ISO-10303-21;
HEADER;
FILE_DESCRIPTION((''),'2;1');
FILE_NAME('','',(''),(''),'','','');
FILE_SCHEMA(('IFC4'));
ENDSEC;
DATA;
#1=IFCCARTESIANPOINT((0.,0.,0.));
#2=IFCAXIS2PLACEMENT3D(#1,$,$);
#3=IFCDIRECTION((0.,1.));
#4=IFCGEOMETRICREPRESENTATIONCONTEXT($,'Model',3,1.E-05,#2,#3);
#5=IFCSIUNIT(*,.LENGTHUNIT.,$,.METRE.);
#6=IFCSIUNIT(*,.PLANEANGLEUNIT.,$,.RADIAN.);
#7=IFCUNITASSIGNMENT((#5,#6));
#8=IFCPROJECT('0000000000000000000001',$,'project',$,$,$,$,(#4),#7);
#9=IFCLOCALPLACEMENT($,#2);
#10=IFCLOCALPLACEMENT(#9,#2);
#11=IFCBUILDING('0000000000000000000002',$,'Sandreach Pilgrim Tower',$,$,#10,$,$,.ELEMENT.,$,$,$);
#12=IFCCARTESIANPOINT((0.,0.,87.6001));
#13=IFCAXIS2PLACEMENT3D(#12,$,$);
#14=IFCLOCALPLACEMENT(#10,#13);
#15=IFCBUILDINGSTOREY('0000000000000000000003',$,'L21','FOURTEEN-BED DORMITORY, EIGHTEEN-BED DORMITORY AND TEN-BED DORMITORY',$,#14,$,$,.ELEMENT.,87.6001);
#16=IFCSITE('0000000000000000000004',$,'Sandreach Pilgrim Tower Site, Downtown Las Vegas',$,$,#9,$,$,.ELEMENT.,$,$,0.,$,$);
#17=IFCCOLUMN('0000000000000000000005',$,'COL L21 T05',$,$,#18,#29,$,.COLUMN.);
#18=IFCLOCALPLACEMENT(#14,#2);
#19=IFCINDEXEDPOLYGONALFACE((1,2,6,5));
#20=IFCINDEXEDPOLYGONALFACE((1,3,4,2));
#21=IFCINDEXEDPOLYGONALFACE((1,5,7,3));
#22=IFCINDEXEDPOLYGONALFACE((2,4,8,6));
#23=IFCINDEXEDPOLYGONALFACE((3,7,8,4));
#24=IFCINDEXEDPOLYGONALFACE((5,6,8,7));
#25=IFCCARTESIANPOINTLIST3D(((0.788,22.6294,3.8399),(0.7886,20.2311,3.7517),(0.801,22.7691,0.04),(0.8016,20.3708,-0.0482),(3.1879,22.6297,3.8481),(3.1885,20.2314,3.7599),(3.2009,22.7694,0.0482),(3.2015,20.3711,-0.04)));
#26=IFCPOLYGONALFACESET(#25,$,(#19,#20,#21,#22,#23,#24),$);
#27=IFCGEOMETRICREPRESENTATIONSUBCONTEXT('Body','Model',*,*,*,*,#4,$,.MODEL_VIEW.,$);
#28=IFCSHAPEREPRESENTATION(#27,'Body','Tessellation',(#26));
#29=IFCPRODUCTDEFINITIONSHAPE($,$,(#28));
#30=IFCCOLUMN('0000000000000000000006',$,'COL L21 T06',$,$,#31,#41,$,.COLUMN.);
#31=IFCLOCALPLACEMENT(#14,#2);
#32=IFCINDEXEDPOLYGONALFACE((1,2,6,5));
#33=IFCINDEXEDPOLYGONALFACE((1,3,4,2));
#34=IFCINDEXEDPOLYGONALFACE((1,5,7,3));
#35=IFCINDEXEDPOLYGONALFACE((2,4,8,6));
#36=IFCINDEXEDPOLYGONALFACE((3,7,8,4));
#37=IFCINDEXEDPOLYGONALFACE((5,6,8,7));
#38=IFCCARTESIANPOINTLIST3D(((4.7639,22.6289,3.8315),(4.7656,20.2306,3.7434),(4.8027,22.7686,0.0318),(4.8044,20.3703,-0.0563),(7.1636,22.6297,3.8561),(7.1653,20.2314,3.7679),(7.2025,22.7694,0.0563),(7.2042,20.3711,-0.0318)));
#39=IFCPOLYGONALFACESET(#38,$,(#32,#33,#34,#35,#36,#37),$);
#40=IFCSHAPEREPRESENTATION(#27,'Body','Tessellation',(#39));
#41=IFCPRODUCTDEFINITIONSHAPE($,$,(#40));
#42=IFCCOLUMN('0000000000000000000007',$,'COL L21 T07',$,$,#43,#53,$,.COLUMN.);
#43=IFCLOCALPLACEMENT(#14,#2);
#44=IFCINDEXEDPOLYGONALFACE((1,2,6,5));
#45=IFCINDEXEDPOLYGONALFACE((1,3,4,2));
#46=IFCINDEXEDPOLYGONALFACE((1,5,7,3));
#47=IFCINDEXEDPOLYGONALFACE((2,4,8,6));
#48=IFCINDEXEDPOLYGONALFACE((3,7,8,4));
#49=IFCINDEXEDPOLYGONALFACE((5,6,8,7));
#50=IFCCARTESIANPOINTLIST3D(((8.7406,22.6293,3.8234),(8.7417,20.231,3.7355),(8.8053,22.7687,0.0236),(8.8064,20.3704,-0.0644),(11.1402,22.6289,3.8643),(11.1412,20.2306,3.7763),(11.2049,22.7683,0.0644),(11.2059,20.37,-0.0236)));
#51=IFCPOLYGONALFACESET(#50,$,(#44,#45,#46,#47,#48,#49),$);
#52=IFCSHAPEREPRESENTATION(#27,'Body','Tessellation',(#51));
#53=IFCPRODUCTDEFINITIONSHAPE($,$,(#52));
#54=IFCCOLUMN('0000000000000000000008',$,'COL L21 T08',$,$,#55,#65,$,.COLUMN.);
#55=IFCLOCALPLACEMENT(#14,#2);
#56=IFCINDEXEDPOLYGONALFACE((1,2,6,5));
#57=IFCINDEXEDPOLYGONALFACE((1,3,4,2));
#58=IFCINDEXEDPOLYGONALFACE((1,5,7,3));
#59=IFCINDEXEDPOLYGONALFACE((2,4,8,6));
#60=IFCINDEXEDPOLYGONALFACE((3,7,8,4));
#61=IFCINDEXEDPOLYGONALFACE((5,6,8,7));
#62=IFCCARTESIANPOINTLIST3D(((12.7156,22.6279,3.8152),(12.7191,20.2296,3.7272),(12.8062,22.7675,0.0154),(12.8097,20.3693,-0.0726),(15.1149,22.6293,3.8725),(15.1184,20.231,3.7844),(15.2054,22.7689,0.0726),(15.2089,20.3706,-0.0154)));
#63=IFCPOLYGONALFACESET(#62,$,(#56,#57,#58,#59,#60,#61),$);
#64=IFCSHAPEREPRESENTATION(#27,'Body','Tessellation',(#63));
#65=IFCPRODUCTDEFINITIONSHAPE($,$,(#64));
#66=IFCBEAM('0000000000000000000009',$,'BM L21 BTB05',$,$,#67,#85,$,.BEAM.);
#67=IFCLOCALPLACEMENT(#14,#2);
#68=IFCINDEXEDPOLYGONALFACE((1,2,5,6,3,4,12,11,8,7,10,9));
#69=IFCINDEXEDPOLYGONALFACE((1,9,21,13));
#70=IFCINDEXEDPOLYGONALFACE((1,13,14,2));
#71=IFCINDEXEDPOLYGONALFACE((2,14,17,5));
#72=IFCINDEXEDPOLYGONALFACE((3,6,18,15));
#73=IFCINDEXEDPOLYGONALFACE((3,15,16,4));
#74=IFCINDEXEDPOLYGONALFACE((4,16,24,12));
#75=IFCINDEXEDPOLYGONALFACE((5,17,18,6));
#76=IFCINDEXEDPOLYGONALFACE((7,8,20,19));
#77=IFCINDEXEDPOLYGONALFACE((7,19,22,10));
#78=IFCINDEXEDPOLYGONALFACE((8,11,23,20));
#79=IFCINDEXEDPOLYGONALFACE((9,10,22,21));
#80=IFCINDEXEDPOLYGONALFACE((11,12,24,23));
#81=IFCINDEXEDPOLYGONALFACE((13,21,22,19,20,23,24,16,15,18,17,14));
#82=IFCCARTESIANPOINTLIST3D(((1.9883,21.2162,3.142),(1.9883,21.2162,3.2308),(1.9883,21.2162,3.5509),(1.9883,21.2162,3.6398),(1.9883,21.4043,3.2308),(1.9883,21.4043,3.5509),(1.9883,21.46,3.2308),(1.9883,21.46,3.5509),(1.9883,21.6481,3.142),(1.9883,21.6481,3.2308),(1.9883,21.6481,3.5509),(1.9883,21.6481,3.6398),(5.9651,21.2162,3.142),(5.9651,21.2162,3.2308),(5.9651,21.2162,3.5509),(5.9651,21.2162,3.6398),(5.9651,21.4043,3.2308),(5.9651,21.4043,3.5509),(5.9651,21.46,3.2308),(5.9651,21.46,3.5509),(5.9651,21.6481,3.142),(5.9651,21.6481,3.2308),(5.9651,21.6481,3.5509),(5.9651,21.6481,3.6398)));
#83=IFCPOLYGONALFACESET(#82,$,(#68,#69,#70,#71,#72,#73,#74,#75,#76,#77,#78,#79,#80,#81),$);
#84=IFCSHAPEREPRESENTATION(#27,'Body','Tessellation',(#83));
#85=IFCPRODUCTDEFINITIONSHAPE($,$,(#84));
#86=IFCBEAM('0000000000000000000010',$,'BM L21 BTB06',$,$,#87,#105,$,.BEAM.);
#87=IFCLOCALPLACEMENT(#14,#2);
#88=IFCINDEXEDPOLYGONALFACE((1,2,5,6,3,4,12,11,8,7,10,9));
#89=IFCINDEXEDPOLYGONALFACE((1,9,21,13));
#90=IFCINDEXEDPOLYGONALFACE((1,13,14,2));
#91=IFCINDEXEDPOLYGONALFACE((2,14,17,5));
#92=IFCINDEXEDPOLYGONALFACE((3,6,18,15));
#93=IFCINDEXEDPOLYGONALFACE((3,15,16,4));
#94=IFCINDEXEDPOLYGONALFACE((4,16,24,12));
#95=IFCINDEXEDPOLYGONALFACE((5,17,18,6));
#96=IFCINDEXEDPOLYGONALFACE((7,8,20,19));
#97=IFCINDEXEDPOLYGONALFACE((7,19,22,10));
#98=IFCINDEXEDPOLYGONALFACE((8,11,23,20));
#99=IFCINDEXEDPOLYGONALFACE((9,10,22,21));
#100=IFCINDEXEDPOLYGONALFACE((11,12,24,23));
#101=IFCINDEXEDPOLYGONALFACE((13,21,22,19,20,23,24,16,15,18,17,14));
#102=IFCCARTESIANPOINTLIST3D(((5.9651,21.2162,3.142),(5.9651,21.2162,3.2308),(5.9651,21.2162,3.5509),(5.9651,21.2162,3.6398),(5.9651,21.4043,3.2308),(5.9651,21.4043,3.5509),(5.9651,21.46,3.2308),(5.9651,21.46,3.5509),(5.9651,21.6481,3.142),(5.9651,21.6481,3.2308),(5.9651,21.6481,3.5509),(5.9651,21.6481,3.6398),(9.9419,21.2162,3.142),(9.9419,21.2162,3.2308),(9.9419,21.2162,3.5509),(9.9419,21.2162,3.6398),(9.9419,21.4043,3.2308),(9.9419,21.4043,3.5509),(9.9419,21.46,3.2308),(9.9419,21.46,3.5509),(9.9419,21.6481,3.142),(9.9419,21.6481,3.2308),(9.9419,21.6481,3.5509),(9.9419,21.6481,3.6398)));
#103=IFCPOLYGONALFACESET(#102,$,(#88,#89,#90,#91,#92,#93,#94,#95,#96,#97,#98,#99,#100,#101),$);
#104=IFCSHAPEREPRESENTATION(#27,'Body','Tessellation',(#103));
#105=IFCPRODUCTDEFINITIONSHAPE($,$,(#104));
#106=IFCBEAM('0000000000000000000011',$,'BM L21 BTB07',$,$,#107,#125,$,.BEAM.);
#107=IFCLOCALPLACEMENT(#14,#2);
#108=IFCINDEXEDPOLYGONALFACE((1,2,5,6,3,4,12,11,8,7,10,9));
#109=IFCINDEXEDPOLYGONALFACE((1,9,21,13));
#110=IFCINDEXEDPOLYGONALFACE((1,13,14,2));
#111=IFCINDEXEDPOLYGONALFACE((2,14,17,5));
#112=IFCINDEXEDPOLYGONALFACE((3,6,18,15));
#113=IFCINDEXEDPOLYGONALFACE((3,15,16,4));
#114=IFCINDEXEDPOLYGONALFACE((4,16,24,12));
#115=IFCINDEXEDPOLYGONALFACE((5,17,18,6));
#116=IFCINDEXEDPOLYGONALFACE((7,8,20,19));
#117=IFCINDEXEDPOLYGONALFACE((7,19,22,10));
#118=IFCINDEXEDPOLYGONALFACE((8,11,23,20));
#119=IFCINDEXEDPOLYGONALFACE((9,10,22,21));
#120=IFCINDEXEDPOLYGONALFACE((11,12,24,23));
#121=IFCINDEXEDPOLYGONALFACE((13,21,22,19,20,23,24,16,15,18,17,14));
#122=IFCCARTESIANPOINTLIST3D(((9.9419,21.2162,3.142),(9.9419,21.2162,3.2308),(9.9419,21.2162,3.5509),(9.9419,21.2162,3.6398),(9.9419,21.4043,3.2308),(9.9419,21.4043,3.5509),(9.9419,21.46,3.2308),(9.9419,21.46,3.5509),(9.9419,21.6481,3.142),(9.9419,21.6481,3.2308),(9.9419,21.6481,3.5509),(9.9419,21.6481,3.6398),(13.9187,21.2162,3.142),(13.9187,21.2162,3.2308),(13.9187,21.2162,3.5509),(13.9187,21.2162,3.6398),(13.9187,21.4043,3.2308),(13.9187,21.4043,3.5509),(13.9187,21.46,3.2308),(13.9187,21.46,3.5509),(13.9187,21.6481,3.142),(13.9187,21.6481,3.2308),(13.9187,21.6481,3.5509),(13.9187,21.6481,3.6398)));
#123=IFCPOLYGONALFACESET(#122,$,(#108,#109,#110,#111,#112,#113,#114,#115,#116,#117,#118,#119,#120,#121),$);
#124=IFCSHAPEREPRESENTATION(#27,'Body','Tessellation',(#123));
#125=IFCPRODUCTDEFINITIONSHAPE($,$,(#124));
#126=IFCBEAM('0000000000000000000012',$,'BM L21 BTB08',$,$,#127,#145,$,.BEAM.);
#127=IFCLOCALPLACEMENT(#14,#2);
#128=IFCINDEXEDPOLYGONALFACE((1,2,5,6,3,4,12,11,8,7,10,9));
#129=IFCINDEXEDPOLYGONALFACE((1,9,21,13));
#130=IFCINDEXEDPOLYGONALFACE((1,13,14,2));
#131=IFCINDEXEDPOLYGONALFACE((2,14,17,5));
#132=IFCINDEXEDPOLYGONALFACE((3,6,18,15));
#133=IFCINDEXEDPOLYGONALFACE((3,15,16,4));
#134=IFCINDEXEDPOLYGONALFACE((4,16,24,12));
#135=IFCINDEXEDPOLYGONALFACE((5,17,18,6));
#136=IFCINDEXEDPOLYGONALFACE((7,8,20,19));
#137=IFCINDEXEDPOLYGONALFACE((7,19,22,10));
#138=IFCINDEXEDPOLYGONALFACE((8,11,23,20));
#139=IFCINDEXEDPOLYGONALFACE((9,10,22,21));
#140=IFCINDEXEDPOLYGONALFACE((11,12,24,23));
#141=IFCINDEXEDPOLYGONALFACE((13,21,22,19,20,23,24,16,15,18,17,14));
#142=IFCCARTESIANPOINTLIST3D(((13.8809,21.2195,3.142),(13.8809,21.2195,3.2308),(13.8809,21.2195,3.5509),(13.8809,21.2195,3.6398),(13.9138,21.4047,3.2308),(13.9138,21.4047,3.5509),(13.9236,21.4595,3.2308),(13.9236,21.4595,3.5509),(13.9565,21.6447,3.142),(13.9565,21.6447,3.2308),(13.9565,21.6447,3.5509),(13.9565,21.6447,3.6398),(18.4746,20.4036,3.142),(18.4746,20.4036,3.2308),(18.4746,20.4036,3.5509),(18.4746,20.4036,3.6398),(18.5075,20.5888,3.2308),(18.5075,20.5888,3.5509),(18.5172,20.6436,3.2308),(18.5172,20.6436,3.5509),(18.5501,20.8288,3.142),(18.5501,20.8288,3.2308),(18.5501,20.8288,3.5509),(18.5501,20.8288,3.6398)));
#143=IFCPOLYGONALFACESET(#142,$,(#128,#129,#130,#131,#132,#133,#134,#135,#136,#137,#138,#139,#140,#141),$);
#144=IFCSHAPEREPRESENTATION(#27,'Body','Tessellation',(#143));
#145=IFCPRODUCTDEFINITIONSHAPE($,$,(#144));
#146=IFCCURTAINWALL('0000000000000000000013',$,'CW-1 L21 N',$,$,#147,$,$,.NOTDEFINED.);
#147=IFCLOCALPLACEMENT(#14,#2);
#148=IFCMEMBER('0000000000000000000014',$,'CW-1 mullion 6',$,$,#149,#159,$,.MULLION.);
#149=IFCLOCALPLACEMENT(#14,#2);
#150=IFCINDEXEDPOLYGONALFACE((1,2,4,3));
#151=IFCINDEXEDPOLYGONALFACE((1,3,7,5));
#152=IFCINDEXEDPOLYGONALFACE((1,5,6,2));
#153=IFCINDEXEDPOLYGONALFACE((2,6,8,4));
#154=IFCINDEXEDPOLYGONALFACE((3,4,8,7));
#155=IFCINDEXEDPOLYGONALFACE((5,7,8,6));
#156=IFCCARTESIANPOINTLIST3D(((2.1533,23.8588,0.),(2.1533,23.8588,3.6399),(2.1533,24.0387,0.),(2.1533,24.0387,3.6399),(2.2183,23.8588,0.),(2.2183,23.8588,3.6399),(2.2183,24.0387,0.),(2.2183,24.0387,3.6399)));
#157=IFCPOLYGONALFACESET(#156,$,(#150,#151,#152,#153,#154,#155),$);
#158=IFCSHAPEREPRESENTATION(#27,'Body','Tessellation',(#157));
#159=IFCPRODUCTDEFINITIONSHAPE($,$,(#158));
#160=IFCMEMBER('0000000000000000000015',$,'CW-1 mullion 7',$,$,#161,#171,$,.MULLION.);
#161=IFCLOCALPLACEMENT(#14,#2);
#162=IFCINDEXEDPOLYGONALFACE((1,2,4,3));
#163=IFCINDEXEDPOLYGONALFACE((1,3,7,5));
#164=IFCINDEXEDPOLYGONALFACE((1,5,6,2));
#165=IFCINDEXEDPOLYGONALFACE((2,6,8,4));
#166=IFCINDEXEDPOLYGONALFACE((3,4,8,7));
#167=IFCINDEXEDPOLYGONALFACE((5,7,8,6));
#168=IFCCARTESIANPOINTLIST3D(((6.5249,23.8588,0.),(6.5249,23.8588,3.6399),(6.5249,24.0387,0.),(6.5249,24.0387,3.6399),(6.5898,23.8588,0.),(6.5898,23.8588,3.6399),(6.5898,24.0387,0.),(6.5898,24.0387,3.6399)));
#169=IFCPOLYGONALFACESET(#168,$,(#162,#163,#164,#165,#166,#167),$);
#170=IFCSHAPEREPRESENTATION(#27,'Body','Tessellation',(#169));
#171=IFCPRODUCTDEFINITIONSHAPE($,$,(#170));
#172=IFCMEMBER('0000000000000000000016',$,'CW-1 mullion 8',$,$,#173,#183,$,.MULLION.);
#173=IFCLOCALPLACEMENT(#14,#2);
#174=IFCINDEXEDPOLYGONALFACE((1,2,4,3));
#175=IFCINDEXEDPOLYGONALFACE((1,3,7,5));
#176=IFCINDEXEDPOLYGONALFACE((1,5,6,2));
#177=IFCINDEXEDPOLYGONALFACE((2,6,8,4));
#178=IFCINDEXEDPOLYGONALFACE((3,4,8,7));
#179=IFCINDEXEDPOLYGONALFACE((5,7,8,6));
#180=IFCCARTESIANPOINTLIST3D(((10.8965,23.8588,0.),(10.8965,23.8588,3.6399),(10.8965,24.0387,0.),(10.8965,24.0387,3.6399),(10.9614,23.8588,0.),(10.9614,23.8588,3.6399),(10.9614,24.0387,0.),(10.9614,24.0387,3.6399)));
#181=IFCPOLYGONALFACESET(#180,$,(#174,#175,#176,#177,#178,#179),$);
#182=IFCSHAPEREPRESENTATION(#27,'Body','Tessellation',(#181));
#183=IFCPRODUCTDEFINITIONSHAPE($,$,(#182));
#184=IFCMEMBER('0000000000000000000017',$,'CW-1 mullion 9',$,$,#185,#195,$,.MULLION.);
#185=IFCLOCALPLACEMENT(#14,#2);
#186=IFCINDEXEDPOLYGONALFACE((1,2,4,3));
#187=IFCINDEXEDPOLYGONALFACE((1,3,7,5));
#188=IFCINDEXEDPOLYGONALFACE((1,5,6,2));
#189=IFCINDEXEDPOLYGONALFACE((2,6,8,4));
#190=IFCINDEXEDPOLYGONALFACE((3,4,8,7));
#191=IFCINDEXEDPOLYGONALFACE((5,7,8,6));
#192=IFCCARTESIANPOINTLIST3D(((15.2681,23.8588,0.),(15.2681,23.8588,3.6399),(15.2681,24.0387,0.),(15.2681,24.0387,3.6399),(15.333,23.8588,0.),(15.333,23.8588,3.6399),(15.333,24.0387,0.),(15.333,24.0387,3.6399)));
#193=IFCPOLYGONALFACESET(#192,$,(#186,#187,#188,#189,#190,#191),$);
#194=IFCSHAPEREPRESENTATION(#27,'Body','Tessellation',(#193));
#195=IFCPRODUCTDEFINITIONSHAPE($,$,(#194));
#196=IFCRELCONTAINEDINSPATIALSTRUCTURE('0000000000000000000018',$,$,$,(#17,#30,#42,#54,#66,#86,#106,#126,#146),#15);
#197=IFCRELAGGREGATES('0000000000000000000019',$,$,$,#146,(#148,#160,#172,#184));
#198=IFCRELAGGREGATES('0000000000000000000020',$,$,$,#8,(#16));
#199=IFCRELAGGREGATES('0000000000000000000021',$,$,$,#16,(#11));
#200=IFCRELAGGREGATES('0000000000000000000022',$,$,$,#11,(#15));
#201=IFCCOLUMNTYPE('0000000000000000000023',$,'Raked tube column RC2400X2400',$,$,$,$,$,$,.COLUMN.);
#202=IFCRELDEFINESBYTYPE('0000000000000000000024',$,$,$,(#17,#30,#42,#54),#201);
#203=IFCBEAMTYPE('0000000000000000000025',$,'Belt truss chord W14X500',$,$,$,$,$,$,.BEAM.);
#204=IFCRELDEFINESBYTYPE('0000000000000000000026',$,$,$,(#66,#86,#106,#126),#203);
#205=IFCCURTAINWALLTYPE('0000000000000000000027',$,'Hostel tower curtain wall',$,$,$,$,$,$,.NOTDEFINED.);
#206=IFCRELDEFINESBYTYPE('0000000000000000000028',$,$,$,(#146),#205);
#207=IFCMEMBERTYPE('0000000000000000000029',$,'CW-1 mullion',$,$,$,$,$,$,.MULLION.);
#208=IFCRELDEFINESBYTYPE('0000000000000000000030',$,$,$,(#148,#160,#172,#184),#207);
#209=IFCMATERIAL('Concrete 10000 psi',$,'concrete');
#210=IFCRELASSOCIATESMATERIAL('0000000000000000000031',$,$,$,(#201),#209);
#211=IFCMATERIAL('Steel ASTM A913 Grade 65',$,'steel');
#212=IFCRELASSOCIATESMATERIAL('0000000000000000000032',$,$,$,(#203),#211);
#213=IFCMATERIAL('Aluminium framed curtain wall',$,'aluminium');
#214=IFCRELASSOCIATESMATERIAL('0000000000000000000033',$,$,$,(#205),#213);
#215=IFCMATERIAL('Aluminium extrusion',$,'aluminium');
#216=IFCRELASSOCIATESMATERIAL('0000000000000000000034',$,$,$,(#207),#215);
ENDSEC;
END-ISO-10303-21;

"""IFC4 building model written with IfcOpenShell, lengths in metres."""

from ifc_helpers import new_model, si_unit, direction, frame, origin, origin_2d, place, context, subcontext, project, spatial, rectangle, i_section, extrude, material, material_profile, profile_set, type_object, element, aggregate, save


model = new_model("IFC4")

# Units and contexts
model_context = context("Model", 3, precision=1e-05, world=origin(), true_north=direction((0.0, 1.0)))
body_context = subcontext(model_context, "Body", "Model", "MODEL_VIEW")
ifc_project = project(units=[si_unit("LENGTHUNIT", "METRE"), si_unit("PLANEANGLEUNIT", "RADIAN")], contexts=[model_context])

# Site, building, storey
site_placement = place(None, origin())
site = spatial("IfcSite", under=ifc_project, at=site_placement, Name="Sandreach Pilgrim Tower Site, Downtown Las Vegas", CompositionType="ELEMENT", RefElevation=0.0)
building_placement = place(site_placement, origin())
building = spatial("IfcBuilding", under=site, at=building_placement, Name="Sandreach Pilgrim Tower", CompositionType="ELEMENT")
storey_placement = place(building_placement, frame((0.0, 0.0, 87.6001)))
storey = spatial("IfcBuildingStorey", under=building, at=storey_placement, Name="L21", Description="FOURTEEN-BED DORMITORY, EIGHTEEN-BED DORMITORY AND TEN-BED DORMITORY", CompositionType="ELEMENT", Elevation=87.6001)

# Columns
ifc_material_1 = material(Name="Concrete 10000 psi", Category="concrete")
ifc_material_profile_1 = material_profile(ifc_material_1, rectangle(XDim=2.3999, YDim=2.3999, at=origin_2d()), Name="RC2400X2400")
ifc_profile_set_1 = profile_set([ifc_material_profile_1], Name="Concrete 10000 psi")
column_type = type_object("IfcColumnType", Name="Raked tube column RC2400X2400", PredefinedType="COLUMN", material=ifc_profile_set_1)
for number, where, z_axis, x_axis, name in (
    (1, (2.0012, 21.5701, 0.0), (-0.003403, -0.036726, 0.99932), (-0.000242, 0.999325, 0.036726), "COL L21 T05"),
    (2, (6.0034, 21.5698, 0.0), (-0.010208, -0.036725, 0.999273), (-0.000705, 0.999325, 0.036719), "COL L21 T06"),
):
    element("IfcColumn", number, at=place(storey_placement, frame(where, z_axis=z_axis, x_axis=x_axis)), inside=storey, type_object=column_type, Name=name, PredefinedType="COLUMN", context=body_context, shape_type="SweptSolid", body=[
        extrude(rectangle(XDim=2.3999, YDim=2.3999, at=origin_2d()), origin(), (0.0, 0.0, 1.0), 3.8025),
    ])
column_1_placement = place(storey_placement, frame((10.0056, 21.5693, 0.0), z_axis=(-0.017013, -0.036657, 0.999183), x_axis=(-0.000444, 0.999328, 0.036655)))
element("IfcColumn", 3, at=column_1_placement, inside=storey, type_object=column_type, Name="COL L21 T07", PredefinedType="COLUMN", context=body_context, shape_type="SweptSolid", body=[
    extrude(rectangle(XDim=2.3999, YDim=2.3999, at=origin_2d()), origin(), (0.0, 0.0, 1.0), 3.803),
])
column_2_placement = place(storey_placement, frame((14.0076, 21.5691, 0.0), z_axis=(-0.023814, -0.036716, 0.999042), x_axis=(-0.001458, 0.999326, 0.036692)))
element("IfcColumn", 4, at=column_2_placement, inside=storey, type_object=column_type, Name="COL L21 T08", PredefinedType="COLUMN", context=body_context, shape_type="SweptSolid", body=[
    extrude(rectangle(XDim=2.3999, YDim=2.3999, at=origin_2d()), origin(), (0.0, 0.0, 1.0), 3.8035),
])

# Beams
ifc_material_2 = material(Name="Steel ASTM A913 Grade 65", Category="steel")
ifc_material_profile_2 = material_profile(ifc_material_2, i_section(OverallWidth=0.4319, OverallDepth=0.4978, WebThickness=0.0557, FlangeThickness=0.0889, at=origin_2d()), Name="W14X500")
ifc_profile_set_2 = profile_set([ifc_material_profile_2], Name="Steel ASTM A913 Grade 65")
beam_type_1 = type_object("IfcBeamType", Name="Belt truss chord W14X500", PredefinedType="BEAM", material=ifc_profile_set_2)
for number, where, z_axis, x_axis, name in (
    (5, (1.9883, 21.4321, 3.3909), (1.0, 0.0, 0.0), (0.0, 1.0, 0.0), "BM L21 BTB05"),
    (6, (5.9651, 21.4321, 3.3909), (1.0, 0.0, 0.0), (0.0, 1.0, 0.0), "BM L21 BTB06"),
    (7, (9.9419, 21.4321, 3.3909), (1.0, 0.0, 0.0), (0.0, 1.0, 0.0), "BM L21 BTB07"),
):
    element("IfcBeam", number, at=place(storey_placement, frame(where, z_axis=z_axis, x_axis=x_axis)), inside=storey, type_object=beam_type_1, Name=name, PredefinedType="BEAM", context=body_context, shape_type="SweptSolid", body=[
        extrude(i_section(OverallWidth=0.4319, OverallDepth=0.4978, WebThickness=0.0557, FlangeThickness=0.0889, at=origin_2d()), origin(), (0.0, 0.0, 1.0), 3.9768),
    ])
beam_1_placement = place(storey_placement, frame((13.9187, 21.4321, 3.3909), z_axis=(0.984589, -0.174887, 0.0), x_axis=(0.174887, 0.984589, 0.0)))
element("IfcBeam", 8, at=beam_1_placement, inside=storey, type_object=beam_type_1, Name="BM L21 BTB08", PredefinedType="BEAM", context=body_context, shape_type="SweptSolid", body=[
    extrude(i_section(OverallWidth=0.4319, OverallDepth=0.4978, WebThickness=0.0557, FlangeThickness=0.0889, at=origin_2d()), origin(), (0.0, 0.0, 1.0), 4.6655),
])

# Curtain wall, members
ifc_material_3 = material(Name="Aluminium framed curtain wall", Category="aluminium")
curtain_wall_type = type_object("IfcCurtainWallType", Name="Hostel tower curtain wall", PredefinedType="NOTDEFINED", material=ifc_material_3)
curtain_wall_placement = place(storey_placement, origin())
curtain_wall = element("IfcCurtainWall", 9, at=curtain_wall_placement, inside=storey, type_object=curtain_wall_type, Name="CW-1 L21 N", PredefinedType="NOTDEFINED")
ifc_material_4 = material(Name="Aluminium extrusion", Category="aluminium")
ifc_material_profile_3 = material_profile(ifc_material_4, rectangle(XDim=0.0649, YDim=0.1799, at=origin_2d()), Name="CW-1M 65X180")
ifc_profile_set_3 = profile_set([ifc_material_profile_3], Name="Aluminium extrusion")
member_type_1 = type_object("IfcMemberType", Name="CW-1 mullion", PredefinedType="MULLION", material=ifc_profile_set_3)
member_1_placement = place(storey_placement, frame((2.1858, 23.9487, 0.0), z_axis=(0.0, 0.0, 1.0), x_axis=(1.0, 0.0, 0.0)))
member_1 = element("IfcMember", 10, at=member_1_placement, type_object=member_type_1, Name="CW-1 mullion 6", PredefinedType="MULLION", context=body_context, shape_type="SweptSolid", body=[
    extrude(rectangle(XDim=0.0649, YDim=0.1799, at=origin_2d()), origin(), (0.0, 0.0, 1.0), 3.6399),
])
member_2_placement = place(storey_placement, frame((6.5574, 23.9487, 0.0), z_axis=(0.0, 0.0, 1.0), x_axis=(1.0, 0.0, 0.0)))
member_2 = element("IfcMember", 11, at=member_2_placement, type_object=member_type_1, Name="CW-1 mullion 7", PredefinedType="MULLION", context=body_context, shape_type="SweptSolid", body=[
    extrude(rectangle(XDim=0.0649, YDim=0.1799, at=origin_2d()), origin(), (0.0, 0.0, 1.0), 3.6399),
])
member_3_placement = place(storey_placement, frame((10.929, 23.9487, 0.0), z_axis=(0.0, 0.0, 1.0), x_axis=(1.0, 0.0, 0.0)))
member_3 = element("IfcMember", 12, at=member_3_placement, type_object=member_type_1, Name="CW-1 mullion 8", PredefinedType="MULLION", context=body_context, shape_type="SweptSolid", body=[
    extrude(rectangle(XDim=0.0649, YDim=0.1799, at=origin_2d()), origin(), (0.0, 0.0, 1.0), 3.6399),
])
member_4_placement = place(storey_placement, frame((15.3005, 23.9487, 0.0), z_axis=(0.0, 0.0, 1.0), x_axis=(1.0, 0.0, 0.0)))
member_4 = element("IfcMember", 13, at=member_4_placement, type_object=member_type_1, Name="CW-1 mullion 9", PredefinedType="MULLION", context=body_context, shape_type="SweptSolid", body=[
    extrude(rectangle(XDim=0.0649, YDim=0.1799, at=origin_2d()), origin(), (0.0, 0.0, 1.0), 3.6399),
])

aggregate(curtain_wall, [member_1, member_2, member_3, member_4])

save(model, "model.ifc")
